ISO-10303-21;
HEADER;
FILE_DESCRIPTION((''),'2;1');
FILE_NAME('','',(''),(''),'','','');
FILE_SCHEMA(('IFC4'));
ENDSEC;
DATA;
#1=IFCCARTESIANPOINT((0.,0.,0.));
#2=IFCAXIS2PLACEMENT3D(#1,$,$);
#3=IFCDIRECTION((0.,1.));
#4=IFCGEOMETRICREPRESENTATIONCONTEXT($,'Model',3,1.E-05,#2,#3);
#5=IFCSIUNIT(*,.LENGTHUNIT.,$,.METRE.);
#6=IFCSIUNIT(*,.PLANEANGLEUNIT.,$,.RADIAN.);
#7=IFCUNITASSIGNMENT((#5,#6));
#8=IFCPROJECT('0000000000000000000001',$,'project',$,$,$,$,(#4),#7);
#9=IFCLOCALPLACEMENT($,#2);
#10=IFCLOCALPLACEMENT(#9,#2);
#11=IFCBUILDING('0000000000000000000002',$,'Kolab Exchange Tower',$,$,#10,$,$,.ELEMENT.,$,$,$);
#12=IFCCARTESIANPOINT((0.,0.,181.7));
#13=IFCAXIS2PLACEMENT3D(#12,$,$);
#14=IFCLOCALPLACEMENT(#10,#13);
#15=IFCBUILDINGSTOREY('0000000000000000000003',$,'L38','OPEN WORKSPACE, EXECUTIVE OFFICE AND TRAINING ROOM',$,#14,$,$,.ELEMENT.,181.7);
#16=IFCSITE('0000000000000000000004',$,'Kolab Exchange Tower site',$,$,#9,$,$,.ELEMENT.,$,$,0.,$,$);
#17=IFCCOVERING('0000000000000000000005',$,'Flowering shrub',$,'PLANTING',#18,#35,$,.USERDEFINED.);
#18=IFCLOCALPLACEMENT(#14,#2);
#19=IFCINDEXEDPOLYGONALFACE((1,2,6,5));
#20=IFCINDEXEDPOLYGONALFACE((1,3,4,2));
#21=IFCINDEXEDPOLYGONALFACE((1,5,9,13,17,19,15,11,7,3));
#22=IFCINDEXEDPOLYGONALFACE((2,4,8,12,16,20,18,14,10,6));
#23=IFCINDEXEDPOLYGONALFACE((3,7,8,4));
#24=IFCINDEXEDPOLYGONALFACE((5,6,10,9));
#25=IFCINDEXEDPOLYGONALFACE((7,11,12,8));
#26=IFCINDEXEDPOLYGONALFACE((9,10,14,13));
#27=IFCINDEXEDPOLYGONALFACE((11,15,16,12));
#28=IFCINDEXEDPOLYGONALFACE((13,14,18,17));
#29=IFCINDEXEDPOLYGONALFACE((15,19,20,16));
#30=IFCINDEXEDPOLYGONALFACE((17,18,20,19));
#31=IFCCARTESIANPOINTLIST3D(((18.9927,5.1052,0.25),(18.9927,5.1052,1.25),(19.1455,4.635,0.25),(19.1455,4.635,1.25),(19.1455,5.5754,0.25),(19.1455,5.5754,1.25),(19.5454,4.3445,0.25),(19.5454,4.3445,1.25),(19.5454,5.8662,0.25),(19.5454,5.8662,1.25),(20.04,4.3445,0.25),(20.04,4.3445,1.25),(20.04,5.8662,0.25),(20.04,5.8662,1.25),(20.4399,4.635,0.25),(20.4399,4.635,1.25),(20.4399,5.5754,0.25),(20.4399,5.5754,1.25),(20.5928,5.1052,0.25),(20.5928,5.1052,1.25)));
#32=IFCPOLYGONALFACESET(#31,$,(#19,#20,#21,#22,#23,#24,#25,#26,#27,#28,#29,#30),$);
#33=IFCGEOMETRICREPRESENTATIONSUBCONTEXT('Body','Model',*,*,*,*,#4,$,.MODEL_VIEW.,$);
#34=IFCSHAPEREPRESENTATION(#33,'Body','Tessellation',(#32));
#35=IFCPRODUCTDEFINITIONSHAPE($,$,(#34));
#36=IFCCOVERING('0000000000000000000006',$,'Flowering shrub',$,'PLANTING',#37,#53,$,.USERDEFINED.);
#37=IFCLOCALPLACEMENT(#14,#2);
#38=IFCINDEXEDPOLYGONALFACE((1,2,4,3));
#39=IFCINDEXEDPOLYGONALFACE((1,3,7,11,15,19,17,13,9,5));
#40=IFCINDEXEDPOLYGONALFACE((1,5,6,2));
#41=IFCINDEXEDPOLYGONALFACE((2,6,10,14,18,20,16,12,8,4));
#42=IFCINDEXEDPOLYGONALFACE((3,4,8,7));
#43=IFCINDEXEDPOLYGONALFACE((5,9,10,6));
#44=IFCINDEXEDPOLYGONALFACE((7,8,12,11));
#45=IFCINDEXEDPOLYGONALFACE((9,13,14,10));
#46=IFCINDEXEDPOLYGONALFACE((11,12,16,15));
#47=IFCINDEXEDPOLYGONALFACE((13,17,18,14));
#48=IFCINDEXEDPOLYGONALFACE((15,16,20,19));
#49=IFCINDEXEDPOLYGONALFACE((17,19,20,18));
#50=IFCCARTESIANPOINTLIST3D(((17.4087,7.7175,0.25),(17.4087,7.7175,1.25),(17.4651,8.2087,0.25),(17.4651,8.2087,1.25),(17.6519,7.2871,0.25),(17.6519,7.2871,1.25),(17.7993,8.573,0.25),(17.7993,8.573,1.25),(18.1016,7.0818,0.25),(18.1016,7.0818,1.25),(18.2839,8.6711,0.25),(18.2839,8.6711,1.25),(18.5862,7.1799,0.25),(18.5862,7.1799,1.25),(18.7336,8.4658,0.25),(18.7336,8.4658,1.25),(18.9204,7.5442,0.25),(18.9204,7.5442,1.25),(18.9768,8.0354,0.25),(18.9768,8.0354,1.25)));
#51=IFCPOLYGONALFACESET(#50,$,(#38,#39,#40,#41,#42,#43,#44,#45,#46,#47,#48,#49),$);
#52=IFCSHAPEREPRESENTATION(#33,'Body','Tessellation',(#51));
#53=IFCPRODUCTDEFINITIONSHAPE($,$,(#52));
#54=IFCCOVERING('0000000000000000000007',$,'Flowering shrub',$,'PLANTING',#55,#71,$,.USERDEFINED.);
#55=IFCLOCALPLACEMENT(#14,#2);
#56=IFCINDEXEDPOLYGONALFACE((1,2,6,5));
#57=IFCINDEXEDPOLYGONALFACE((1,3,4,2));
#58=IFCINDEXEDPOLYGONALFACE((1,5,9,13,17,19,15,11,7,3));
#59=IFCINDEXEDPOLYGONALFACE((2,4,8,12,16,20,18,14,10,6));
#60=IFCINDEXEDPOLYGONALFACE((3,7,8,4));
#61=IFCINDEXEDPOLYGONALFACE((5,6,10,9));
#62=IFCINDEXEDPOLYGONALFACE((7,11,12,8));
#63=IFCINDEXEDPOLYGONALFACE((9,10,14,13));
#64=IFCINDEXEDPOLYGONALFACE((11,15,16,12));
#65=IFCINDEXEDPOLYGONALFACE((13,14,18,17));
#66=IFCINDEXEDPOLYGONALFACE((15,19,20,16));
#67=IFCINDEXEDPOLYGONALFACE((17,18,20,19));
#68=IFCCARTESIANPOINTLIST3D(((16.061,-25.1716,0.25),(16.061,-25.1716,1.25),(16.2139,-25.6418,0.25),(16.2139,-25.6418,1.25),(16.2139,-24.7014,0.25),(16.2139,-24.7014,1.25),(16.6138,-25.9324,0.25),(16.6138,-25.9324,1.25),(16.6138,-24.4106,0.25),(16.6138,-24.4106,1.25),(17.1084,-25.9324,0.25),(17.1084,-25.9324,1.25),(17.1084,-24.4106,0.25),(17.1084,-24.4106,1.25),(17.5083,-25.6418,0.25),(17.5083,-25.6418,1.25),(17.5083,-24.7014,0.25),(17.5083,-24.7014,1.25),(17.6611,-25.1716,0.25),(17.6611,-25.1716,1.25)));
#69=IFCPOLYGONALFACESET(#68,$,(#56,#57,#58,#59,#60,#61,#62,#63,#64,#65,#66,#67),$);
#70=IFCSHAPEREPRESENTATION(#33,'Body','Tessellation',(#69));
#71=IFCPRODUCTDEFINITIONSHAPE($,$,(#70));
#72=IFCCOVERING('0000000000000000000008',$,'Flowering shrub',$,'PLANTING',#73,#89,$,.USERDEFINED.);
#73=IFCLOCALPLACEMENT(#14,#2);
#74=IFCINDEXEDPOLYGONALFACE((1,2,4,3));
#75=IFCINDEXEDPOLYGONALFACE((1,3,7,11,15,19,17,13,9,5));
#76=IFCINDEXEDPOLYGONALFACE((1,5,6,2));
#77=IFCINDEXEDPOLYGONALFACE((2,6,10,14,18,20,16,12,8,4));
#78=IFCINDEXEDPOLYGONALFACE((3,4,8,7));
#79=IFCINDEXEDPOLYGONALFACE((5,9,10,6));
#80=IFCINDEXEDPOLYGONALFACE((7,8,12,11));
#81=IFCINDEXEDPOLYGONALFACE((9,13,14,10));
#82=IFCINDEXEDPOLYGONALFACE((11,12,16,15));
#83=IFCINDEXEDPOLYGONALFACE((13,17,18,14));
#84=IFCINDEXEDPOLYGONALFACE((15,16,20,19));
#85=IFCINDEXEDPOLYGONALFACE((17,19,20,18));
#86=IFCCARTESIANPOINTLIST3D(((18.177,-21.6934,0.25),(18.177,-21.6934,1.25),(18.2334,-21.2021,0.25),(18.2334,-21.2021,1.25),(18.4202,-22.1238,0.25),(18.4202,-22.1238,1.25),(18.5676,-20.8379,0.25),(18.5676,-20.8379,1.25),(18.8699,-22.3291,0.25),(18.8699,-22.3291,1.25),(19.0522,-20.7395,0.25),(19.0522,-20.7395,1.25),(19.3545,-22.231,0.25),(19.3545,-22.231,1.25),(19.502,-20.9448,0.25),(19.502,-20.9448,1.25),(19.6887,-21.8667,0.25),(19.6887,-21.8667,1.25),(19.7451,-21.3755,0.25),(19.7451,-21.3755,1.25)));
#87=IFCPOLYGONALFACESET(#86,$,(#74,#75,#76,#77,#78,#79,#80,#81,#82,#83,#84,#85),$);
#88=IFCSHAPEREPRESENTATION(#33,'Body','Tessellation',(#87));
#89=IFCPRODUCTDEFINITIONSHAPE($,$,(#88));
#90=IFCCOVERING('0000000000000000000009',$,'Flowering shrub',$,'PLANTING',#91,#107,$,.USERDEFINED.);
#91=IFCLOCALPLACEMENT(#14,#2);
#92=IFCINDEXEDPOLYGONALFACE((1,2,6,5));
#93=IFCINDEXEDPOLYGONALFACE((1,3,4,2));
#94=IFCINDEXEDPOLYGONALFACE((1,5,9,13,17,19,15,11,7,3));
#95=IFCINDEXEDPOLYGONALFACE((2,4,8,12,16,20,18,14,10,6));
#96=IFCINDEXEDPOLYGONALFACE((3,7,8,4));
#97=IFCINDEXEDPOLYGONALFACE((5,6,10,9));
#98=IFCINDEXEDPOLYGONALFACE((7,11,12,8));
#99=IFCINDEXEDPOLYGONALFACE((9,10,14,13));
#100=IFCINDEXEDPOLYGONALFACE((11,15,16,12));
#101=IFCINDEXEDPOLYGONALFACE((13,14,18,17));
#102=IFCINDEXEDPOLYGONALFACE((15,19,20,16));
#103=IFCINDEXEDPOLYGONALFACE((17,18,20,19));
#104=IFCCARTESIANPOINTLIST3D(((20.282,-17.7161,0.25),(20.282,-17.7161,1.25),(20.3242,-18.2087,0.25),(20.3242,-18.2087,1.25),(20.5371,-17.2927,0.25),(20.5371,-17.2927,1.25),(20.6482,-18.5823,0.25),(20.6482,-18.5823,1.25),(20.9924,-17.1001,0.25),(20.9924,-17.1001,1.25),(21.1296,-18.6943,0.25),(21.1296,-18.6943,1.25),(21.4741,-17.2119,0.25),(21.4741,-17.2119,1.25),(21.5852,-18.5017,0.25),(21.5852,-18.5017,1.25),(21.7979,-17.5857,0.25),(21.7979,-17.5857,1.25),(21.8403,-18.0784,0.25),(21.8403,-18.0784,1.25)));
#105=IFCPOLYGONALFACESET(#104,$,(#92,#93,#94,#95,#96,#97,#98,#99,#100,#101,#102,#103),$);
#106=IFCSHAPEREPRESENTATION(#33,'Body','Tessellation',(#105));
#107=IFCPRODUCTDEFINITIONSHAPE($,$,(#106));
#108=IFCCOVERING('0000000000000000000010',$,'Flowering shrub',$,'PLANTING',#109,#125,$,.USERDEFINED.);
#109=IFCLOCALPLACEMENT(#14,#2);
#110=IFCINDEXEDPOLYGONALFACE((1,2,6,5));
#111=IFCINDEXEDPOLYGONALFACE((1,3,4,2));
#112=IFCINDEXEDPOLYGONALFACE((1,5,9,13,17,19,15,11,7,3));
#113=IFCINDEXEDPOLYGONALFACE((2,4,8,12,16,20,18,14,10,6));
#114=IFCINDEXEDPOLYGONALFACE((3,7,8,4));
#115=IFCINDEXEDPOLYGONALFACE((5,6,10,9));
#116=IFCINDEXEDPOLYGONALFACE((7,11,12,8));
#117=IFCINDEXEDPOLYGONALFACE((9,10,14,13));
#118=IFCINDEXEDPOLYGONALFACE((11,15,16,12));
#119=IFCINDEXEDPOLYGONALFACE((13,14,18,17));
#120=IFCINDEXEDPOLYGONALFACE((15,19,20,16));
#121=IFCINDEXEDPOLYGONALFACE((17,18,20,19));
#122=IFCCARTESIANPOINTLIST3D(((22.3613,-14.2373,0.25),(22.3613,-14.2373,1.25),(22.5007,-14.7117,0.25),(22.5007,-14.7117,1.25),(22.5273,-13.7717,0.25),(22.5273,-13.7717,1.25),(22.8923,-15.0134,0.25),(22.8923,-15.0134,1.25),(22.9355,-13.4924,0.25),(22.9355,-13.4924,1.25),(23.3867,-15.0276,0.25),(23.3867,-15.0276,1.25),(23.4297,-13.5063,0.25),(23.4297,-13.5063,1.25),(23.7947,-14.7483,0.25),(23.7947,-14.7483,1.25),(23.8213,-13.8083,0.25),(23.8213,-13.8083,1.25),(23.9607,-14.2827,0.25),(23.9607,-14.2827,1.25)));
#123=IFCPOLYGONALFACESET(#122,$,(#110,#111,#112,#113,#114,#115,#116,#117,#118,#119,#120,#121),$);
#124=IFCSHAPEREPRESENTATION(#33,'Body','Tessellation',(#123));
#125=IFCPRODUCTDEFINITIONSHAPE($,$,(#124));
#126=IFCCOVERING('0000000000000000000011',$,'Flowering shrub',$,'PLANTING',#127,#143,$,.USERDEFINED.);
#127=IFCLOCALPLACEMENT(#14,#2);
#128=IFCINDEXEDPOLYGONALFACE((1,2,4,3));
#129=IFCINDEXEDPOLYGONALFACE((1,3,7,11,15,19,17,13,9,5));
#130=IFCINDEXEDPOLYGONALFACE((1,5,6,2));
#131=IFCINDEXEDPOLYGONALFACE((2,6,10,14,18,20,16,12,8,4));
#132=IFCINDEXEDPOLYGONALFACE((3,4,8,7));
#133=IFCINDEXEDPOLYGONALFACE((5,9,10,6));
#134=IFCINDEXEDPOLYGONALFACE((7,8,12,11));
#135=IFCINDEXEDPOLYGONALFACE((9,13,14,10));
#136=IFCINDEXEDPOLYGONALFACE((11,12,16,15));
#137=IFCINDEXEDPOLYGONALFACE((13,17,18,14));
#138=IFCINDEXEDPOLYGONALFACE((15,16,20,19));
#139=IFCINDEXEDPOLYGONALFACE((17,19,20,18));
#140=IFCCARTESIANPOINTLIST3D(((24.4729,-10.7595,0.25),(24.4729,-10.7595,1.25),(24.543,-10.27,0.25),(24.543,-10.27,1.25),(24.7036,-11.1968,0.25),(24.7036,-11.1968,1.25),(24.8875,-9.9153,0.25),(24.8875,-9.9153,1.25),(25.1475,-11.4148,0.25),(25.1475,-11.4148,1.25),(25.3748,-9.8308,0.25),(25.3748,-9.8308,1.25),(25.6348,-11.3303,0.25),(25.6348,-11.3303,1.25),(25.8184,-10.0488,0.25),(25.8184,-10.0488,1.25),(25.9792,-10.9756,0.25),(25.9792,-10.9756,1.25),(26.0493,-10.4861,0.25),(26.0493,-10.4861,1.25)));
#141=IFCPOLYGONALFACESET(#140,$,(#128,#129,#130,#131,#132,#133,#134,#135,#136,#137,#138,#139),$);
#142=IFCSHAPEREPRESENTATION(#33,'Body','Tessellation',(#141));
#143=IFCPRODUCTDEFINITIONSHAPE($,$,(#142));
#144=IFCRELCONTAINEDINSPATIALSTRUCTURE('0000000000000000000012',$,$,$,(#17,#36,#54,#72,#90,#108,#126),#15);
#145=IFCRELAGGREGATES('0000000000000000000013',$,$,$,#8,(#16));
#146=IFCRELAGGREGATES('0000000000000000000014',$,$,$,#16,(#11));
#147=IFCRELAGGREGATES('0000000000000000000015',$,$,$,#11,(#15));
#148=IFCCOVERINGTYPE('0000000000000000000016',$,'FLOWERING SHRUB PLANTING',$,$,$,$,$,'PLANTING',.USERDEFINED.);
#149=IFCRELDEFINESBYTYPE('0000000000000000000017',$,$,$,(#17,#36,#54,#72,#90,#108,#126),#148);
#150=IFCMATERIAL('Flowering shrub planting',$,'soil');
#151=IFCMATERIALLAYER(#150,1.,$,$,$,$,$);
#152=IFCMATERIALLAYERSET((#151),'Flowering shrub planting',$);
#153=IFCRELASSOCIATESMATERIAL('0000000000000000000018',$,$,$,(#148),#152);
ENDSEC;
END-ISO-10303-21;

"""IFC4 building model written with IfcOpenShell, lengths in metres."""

from ifc_helpers import new_model, si_unit, direction, frame, origin, place, context, subcontext, project, spatial, polyline, outline, extrude, material, layer, layer_set, type_object, element, save


model = new_model("IFC4")

# Units and contexts
model_context = context("Model", 3, precision=1e-05, world=origin(), true_north=direction((0.0, 1.0)))
body_context = subcontext(model_context, "Body", "Model", "MODEL_VIEW")
ifc_project = project(units=[si_unit("LENGTHUNIT", "METRE"), si_unit("PLANEANGLEUNIT", "RADIAN")], contexts=[model_context])

# Site, building, storey
site_placement = place(None, origin())
site = spatial("IfcSite", under=ifc_project, at=site_placement, Name="Kolab Exchange Tower site", CompositionType="ELEMENT", RefElevation=0.0)
building_placement = place(site_placement, origin())
building = spatial("IfcBuilding", under=site, at=building_placement, Name="Kolab Exchange Tower", CompositionType="ELEMENT")
storey_placement = place(building_placement, frame((0.0, 0.0, 181.7)))
storey = spatial("IfcBuildingStorey", under=building, at=storey_placement, Name="L38", Description="OPEN WORKSPACE, EXECUTIVE OFFICE AND TRAINING ROOM", CompositionType="ELEMENT", Elevation=181.7)

# Coverings
ifc_material_1 = material(Name="Flowering shrub planting", Category="soil")
ifc_layer_1 = layer(ifc_material_1, 1.0)
ifc_layer_set_1 = layer_set([ifc_layer_1], Name="Flowering shrub planting")
covering_type_1 = type_object("IfcCoveringType", Name="FLOWERING SHRUB PLANTING", ElementType="PLANTING", PredefinedType="USERDEFINED", material=ifc_layer_set_1)
covering_1_placement = place(storey_placement, frame((0.0, 0.0, 0.25)))
element("IfcCovering", 1, at=covering_1_placement, inside=storey, type_object=covering_type_1, Name="Flowering shrub", ObjectType="PLANTING", PredefinedType="USERDEFINED", context=body_context, shape_type="SweptSolid", body=[
    extrude(outline(polyline([(20.5928, 5.1052), (20.4399, 5.5754), (20.04, 5.8662), (19.5454, 5.8662), (19.1455, 5.5754), (18.9927, 5.1052), (19.1455, 4.635), (19.5454, 4.3445), (20.04, 4.3445), (20.4399, 4.635), (20.5928, 5.1052)])), origin(), (0.0, 0.0, 1.0), 1.0),
])
covering_2_placement = place(storey_placement, frame((0.0, 0.0, 0.25)))
element("IfcCovering", 2, at=covering_2_placement, inside=storey, type_object=covering_type_1, Name="Flowering shrub", ObjectType="PLANTING", PredefinedType="USERDEFINED", context=body_context, shape_type="SweptSolid", body=[
    extrude(outline(polyline([(18.9768, 8.0354), (18.7336, 8.4658), (18.2839, 8.6711), (17.7993, 8.573), (17.4651, 8.2087), (17.4087, 7.7175), (17.6519, 7.2871), (18.1016, 7.0818), (18.5862, 7.1799), (18.9204, 7.5442), (18.9768, 8.0354)])), origin(), (0.0, 0.0, 1.0), 1.0),
])
covering_3_placement = place(storey_placement, frame((0.0, 0.0, 0.25)))
element("IfcCovering", 3, at=covering_3_placement, inside=storey, type_object=covering_type_1, Name="Flowering shrub", ObjectType="PLANTING", PredefinedType="USERDEFINED", context=body_context, shape_type="SweptSolid", body=[
    extrude(outline(polyline([(17.6611, -25.1716), (17.5083, -24.7014), (17.1084, -24.4106), (16.6138, -24.4106), (16.2139, -24.7014), (16.061, -25.1716), (16.2139, -25.6418), (16.6138, -25.9324), (17.1084, -25.9324), (17.5083, -25.6418), (17.6611, -25.1716)])), origin(), (0.0, 0.0, 1.0), 1.0),
])
covering_4_placement = place(storey_placement, frame((0.0, 0.0, 0.25)))
element("IfcCovering", 4, at=covering_4_placement, inside=storey, type_object=covering_type_1, Name="Flowering shrub", ObjectType="PLANTING", PredefinedType="USERDEFINED", context=body_context, shape_type="SweptSolid", body=[
    extrude(outline(polyline([(19.7451, -21.3755), (19.502, -20.9448), (19.0522, -20.7395), (18.5676, -20.8379), (18.2334, -21.2021), (18.177, -21.6934), (18.4202, -22.1238), (18.8699, -22.3291), (19.3545, -22.231), (19.6887, -21.8667), (19.7451, -21.3755)])), origin(), (0.0, 0.0, 1.0), 1.0),
])
covering_5_placement = place(storey_placement, frame((0.0, 0.0, 0.25)))
element("IfcCovering", 5, at=covering_5_placement, inside=storey, type_object=covering_type_1, Name="Flowering shrub", ObjectType="PLANTING", PredefinedType="USERDEFINED", context=body_context, shape_type="SweptSolid", body=[
    extrude(outline(polyline([(21.7979, -17.5857), (21.4741, -17.2119), (20.9924, -17.1001), (20.5371, -17.2927), (20.282, -17.7161), (20.3242, -18.2087), (20.6482, -18.5823), (21.1296, -18.6943), (21.5852, -18.5017), (21.8403, -18.0784), (21.7979, -17.5857)])), origin(), (0.0, 0.0, 1.0), 1.0),
])
covering_6_placement = place(storey_placement, frame((0.0, 0.0, 0.25)))
element("IfcCovering", 6, at=covering_6_placement, inside=storey, type_object=covering_type_1, Name="Flowering shrub", ObjectType="PLANTING", PredefinedType="USERDEFINED", context=body_context, shape_type="SweptSolid", body=[
    extrude(outline(polyline([(23.8213, -13.8083), (23.4297, -13.5063), (22.9355, -13.4924), (22.5273, -13.7717), (22.3613, -14.2373), (22.5007, -14.7117), (22.8923, -15.0134), (23.3867, -15.0276), (23.7947, -14.7483), (23.9607, -14.2827), (23.8213, -13.8083)])), origin(), (0.0, 0.0, 1.0), 1.0),
])
covering_7_placement = place(storey_placement, frame((0.0, 0.0, 0.25)))
element("IfcCovering", 7, at=covering_7_placement, inside=storey, type_object=covering_type_1, Name="Flowering shrub", ObjectType="PLANTING", PredefinedType="USERDEFINED", context=body_context, shape_type="SweptSolid", body=[
    extrude(outline(polyline([(25.8184, -10.0488), (25.3748, -9.8308), (24.8875, -9.9153), (24.543, -10.27), (24.4729, -10.7595), (24.7036, -11.1968), (25.1475, -11.4148), (25.6348, -11.3303), (25.9792, -10.9756), (26.0493, -10.4861), (25.8184, -10.0488)])), origin(), (0.0, 0.0, 1.0), 1.0),
])

save(model, "model.ifc")
